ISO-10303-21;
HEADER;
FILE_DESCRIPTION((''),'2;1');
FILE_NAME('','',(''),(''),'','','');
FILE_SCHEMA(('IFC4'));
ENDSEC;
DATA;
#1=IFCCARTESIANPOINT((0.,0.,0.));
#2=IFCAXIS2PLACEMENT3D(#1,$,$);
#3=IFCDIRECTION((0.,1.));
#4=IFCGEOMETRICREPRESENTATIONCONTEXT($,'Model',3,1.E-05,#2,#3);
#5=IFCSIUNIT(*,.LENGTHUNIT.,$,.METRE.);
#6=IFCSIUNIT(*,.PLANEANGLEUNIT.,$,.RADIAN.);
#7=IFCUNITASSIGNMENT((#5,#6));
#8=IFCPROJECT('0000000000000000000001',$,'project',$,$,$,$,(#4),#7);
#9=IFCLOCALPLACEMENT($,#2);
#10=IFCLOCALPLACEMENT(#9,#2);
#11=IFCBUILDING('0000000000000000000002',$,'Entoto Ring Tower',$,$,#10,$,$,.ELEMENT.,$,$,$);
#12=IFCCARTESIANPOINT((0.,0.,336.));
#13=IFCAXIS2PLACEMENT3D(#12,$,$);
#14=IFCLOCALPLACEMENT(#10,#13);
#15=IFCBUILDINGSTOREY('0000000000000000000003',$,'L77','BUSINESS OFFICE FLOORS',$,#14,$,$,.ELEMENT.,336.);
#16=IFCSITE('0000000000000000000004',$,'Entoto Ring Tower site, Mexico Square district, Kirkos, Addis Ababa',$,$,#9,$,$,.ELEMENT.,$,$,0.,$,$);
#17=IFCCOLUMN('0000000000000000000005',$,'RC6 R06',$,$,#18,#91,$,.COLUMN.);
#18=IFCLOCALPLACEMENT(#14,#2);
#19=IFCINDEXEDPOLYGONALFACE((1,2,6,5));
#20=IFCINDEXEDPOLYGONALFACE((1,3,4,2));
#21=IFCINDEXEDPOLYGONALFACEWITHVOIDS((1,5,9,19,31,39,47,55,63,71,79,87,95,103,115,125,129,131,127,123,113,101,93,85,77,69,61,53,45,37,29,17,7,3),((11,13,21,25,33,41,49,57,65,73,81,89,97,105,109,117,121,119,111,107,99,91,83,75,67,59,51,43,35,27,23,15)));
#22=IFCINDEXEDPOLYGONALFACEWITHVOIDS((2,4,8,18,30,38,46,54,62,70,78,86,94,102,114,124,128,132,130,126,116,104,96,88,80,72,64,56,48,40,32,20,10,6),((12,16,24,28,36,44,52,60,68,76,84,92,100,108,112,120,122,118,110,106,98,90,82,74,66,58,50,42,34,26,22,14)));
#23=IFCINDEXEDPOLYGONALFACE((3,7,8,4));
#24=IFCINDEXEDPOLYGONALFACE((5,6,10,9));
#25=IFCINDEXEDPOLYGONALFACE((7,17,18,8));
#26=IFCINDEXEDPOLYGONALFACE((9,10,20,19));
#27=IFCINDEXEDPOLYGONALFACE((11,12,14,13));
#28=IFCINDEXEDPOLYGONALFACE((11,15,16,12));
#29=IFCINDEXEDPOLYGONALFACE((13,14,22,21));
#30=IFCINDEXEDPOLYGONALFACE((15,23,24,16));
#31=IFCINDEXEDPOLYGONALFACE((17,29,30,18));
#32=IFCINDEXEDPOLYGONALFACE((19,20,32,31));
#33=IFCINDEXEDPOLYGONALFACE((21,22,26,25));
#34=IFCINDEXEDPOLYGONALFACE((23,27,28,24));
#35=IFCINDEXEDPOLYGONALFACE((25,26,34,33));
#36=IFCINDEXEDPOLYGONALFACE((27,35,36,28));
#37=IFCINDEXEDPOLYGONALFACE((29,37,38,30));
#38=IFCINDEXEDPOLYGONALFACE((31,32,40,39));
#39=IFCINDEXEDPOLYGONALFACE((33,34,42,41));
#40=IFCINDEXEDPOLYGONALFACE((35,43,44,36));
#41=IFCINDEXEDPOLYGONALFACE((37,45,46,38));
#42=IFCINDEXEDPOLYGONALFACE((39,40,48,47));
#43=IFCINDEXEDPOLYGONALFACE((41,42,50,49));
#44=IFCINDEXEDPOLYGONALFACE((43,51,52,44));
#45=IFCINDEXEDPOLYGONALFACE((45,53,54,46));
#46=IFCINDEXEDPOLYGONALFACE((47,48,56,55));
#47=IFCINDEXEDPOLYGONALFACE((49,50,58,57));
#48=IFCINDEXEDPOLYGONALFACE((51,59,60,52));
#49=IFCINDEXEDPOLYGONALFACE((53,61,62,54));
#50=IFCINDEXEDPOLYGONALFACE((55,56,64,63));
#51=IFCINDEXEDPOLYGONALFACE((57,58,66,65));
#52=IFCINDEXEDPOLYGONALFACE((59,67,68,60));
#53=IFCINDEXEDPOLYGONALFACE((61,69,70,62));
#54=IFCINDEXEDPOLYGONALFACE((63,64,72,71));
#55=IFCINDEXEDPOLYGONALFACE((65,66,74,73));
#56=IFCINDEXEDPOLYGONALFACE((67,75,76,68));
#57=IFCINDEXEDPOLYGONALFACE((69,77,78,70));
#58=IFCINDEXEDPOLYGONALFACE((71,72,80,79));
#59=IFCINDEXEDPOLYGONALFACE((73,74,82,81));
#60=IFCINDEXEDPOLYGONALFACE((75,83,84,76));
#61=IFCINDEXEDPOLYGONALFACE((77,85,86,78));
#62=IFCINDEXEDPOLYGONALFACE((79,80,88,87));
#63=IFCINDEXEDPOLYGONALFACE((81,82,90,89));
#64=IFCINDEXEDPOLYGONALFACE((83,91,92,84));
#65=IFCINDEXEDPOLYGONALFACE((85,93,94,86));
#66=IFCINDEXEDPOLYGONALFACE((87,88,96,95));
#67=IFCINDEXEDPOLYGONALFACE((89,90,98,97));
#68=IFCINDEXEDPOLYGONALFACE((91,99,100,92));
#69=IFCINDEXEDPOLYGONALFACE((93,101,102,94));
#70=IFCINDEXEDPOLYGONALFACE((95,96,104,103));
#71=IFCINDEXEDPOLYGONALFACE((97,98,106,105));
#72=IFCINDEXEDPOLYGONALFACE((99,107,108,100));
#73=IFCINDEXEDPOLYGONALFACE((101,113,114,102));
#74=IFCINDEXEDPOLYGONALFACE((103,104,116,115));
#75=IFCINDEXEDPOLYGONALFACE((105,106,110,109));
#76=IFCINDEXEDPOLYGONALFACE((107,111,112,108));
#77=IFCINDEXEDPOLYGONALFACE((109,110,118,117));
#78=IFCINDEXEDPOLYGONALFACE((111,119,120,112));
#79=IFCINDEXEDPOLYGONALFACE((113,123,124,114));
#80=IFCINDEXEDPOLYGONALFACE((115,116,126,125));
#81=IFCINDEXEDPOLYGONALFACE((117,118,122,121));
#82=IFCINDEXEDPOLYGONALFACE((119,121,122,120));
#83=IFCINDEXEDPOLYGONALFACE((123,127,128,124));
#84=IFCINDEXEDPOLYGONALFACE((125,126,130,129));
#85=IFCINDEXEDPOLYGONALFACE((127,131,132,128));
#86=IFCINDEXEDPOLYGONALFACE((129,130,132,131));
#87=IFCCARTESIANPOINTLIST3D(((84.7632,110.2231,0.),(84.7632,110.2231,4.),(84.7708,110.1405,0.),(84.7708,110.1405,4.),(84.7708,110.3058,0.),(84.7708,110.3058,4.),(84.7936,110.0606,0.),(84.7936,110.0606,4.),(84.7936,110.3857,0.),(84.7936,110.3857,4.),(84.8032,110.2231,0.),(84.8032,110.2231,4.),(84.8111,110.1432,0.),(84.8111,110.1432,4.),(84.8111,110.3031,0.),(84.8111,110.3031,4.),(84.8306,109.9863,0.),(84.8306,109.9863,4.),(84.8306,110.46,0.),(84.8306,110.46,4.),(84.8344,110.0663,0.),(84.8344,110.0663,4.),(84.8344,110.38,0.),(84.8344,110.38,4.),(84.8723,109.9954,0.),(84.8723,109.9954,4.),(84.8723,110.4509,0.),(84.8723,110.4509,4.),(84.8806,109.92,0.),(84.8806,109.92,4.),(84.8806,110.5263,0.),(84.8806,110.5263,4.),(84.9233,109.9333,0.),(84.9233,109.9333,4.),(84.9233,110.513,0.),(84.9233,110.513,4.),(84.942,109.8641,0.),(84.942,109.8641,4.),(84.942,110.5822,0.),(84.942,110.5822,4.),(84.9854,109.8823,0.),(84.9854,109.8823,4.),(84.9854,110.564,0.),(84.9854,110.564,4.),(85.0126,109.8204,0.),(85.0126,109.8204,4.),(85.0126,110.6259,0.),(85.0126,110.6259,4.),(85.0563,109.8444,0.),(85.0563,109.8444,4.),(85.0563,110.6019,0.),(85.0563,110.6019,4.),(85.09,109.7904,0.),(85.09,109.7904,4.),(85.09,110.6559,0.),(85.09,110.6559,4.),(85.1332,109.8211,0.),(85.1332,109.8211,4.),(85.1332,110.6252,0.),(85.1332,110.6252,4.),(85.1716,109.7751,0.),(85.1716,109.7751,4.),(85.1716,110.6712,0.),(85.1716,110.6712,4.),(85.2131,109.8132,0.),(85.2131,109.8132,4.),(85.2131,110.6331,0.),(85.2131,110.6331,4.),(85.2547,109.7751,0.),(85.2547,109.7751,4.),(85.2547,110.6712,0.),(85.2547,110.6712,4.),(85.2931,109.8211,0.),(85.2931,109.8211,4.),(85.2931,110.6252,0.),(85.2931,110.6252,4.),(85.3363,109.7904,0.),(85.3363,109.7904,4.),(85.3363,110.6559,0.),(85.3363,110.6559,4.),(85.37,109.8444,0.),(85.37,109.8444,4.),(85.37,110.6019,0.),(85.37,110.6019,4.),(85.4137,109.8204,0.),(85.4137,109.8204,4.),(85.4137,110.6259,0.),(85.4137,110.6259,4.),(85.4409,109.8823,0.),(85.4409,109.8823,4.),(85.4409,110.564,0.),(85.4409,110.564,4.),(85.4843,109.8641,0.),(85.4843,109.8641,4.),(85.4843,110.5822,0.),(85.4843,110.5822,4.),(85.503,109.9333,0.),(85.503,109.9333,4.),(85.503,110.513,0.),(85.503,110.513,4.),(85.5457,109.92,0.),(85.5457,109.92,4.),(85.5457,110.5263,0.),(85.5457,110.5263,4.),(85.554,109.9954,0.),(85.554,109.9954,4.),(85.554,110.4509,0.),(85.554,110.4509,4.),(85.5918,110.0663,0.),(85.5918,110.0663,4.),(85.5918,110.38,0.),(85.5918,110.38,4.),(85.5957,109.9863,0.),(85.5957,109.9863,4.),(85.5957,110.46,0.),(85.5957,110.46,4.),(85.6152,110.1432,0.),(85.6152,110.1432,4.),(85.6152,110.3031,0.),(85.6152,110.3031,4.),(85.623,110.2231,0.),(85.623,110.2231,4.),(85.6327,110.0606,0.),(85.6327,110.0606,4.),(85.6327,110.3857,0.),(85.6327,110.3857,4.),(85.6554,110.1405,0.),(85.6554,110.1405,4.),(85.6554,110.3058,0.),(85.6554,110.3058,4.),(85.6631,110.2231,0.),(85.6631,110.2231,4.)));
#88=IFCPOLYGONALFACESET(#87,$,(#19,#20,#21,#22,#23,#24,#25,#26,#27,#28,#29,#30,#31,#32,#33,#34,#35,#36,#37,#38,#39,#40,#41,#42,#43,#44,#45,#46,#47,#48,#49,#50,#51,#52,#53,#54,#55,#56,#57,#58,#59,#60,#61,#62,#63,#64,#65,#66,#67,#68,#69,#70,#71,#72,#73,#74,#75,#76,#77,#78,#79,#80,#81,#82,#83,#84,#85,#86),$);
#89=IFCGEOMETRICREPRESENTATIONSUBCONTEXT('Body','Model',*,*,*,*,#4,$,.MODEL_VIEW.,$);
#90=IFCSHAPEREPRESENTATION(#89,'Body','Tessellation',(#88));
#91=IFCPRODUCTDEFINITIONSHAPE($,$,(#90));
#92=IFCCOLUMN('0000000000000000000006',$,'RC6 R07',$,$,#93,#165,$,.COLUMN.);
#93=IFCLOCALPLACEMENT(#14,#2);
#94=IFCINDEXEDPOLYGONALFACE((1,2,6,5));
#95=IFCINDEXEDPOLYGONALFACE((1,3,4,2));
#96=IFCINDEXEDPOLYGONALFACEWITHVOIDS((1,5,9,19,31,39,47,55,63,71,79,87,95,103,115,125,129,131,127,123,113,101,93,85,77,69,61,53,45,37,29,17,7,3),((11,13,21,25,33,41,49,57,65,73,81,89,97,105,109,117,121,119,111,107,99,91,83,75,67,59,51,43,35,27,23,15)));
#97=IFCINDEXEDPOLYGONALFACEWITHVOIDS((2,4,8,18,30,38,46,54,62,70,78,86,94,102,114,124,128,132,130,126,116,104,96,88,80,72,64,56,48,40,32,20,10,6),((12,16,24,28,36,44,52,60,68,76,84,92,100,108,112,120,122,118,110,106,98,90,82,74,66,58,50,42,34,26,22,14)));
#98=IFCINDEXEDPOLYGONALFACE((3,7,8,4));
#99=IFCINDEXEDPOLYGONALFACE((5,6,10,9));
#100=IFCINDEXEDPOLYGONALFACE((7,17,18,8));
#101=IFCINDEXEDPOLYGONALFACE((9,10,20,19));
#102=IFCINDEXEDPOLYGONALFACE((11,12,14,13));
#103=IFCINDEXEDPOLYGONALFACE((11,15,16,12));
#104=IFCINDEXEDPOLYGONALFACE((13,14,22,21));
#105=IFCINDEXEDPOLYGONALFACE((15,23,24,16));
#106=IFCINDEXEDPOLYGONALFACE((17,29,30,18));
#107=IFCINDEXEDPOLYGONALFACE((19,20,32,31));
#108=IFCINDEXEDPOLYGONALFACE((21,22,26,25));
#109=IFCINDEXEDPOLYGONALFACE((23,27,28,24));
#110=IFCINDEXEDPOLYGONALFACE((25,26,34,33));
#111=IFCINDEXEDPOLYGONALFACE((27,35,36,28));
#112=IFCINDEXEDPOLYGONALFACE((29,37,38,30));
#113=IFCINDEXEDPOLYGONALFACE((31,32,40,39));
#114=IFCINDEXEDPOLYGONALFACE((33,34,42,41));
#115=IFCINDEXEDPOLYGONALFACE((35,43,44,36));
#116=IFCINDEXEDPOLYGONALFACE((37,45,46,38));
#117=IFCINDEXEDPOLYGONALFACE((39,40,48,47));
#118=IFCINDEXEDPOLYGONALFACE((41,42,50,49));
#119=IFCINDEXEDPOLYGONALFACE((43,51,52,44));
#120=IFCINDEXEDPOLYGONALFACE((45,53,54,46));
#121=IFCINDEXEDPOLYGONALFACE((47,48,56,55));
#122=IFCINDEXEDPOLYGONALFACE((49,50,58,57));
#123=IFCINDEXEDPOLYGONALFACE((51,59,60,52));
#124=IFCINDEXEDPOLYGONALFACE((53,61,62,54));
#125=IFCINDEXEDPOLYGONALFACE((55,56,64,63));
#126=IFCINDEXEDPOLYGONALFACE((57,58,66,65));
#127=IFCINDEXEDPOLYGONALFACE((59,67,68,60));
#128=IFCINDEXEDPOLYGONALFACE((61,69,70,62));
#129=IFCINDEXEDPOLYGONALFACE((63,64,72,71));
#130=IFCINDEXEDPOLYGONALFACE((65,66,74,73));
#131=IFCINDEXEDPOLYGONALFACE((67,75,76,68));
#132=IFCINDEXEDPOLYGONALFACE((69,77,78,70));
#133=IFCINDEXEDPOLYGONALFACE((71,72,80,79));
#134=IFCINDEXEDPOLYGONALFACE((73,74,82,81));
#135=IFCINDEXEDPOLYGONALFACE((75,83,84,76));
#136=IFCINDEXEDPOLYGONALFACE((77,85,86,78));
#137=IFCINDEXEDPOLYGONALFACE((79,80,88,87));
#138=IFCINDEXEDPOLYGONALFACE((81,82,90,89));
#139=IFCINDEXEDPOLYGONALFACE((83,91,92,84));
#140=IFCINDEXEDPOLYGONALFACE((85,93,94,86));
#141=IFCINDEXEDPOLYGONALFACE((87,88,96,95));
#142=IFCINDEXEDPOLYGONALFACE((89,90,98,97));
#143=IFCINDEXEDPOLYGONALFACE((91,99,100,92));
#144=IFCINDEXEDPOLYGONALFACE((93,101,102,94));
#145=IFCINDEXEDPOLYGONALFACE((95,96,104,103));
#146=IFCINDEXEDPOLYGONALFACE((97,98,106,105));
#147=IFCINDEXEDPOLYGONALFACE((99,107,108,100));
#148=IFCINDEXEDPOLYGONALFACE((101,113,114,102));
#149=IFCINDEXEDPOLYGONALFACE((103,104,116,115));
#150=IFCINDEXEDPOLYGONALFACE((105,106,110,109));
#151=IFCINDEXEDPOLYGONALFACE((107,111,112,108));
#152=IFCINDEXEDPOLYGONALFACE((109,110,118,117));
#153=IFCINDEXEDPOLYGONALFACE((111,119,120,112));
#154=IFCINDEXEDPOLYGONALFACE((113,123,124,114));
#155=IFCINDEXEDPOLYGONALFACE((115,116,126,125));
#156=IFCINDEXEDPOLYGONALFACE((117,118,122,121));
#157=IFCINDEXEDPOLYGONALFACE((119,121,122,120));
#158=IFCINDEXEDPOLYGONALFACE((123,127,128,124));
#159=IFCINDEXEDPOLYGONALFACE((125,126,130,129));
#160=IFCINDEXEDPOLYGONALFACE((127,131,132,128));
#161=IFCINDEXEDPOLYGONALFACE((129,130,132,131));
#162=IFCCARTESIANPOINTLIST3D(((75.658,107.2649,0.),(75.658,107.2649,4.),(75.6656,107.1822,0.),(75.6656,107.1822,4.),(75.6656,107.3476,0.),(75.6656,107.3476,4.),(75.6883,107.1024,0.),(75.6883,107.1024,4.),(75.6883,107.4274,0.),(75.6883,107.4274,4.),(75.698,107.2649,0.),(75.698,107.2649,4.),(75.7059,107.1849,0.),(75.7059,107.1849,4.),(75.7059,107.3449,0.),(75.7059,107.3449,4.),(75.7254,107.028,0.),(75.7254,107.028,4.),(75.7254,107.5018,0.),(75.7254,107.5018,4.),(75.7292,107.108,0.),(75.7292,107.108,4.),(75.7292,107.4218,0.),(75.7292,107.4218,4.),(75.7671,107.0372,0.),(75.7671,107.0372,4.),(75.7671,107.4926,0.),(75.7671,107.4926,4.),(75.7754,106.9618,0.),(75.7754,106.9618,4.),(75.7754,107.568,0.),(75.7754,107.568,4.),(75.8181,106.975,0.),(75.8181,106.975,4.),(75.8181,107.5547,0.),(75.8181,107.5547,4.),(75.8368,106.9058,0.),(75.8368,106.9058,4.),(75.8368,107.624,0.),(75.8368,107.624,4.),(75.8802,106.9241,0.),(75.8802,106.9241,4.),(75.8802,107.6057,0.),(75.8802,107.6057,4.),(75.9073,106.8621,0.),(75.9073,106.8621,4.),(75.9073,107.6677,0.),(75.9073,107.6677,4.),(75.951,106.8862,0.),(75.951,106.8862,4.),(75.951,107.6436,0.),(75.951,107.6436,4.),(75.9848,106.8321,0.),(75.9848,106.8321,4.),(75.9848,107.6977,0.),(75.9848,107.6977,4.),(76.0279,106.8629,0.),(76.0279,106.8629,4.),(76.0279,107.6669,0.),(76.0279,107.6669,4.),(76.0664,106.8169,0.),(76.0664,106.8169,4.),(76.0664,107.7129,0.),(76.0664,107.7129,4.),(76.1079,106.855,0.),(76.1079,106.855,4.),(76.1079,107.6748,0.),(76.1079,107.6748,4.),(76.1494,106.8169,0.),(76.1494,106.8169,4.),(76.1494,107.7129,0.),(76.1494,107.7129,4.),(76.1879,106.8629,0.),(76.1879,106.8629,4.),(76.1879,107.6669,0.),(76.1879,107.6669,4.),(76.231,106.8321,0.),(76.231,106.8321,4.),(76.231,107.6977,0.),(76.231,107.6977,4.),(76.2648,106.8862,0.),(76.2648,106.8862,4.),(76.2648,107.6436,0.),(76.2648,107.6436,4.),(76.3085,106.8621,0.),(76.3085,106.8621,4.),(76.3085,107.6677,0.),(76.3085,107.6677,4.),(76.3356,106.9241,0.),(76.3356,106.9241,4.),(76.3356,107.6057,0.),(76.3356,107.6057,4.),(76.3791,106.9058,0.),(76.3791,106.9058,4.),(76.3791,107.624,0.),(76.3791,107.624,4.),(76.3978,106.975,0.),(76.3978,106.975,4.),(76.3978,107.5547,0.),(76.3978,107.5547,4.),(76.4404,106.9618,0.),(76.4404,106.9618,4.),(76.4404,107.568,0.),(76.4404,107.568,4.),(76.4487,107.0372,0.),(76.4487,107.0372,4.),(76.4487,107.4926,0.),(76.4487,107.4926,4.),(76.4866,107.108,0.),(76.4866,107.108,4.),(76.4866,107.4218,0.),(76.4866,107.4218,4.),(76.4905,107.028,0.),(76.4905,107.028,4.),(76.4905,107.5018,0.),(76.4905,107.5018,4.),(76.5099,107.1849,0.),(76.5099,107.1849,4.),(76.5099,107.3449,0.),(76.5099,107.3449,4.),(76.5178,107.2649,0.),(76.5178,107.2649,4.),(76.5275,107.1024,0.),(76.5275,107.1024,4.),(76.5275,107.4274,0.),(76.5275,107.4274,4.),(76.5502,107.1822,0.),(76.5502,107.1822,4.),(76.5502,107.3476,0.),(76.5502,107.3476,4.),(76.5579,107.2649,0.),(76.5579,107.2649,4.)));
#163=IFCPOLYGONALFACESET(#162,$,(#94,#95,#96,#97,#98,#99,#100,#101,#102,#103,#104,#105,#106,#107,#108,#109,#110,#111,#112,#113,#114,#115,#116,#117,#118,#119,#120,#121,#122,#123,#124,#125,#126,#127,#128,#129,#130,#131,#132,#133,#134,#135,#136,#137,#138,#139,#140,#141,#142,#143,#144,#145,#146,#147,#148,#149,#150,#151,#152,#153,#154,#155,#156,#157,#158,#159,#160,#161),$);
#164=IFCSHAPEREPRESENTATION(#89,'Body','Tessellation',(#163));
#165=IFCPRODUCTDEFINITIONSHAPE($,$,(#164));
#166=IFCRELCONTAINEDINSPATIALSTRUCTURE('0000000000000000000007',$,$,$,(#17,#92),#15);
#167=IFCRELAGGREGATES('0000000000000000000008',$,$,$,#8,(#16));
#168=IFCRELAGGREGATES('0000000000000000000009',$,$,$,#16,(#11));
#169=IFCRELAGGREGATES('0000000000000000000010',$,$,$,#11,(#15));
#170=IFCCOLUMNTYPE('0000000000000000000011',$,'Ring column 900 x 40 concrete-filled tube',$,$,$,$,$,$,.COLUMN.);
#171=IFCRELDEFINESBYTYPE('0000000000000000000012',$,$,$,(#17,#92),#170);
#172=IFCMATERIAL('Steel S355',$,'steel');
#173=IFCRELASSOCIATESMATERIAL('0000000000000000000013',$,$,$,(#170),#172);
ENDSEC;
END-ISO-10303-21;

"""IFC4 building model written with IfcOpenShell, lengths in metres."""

from ifc_helpers import new_model, si_unit, direction, frame, origin, origin_2d, place, context, subcontext, project, spatial, circle, hollow_circle, extrude, material, material_profile, profile_set, type_object, element, save


model = new_model("IFC4")

# Units and contexts
model_context = context("Model", 3, precision=1e-05, world=origin(), true_north=direction((0.0, 1.0)))
body_context = subcontext(model_context, "Body", "Model", "MODEL_VIEW")
ifc_project = project(units=[si_unit("LENGTHUNIT", "METRE"), si_unit("PLANEANGLEUNIT", "RADIAN")], contexts=[model_context])

# Site, building, storey
site_placement = place(None, origin())
site = spatial("IfcSite", under=ifc_project, at=site_placement, Name="Entoto Ring Tower site, Mexico Square district, Kirkos, Addis Ababa", CompositionType="ELEMENT", RefElevation=0.0)
building_placement = place(site_placement, origin())
building = spatial("IfcBuilding", under=site, at=building_placement, Name="Entoto Ring Tower", CompositionType="ELEMENT")
storey_placement = place(building_placement, frame((0.0, 0.0, 336.0)))
storey = spatial("IfcBuildingStorey", under=building, at=storey_placement, Name="L77", Description="BUSINESS OFFICE FLOORS", CompositionType="ELEMENT", Elevation=336.0)

# Columns
ifc_material_1 = material(Name="Steel S355", Category="steel")
ifc_material_profile_1 = material_profile(ifc_material_1, hollow_circle(Radius=0.45, WallThickness=0.04, at=origin_2d()), Name="CHS 900 x 40")
ifc_material_2 = material(Name="Concrete C60/75", Category="concrete")
ifc_material_profile_2 = material_profile(ifc_material_2, circle(Radius=0.4099, at=origin_2d()), Name="Concrete C60/75 infill")
ifc_profile_set_1 = profile_set([ifc_material_profile_1, ifc_material_profile_2], Name="Steel S355")
column_type = type_object("IfcColumnType", Name="Ring column 900 x 40 concrete-filled tube", PredefinedType="COLUMN", material=ifc_profile_set_1)
for number, where, z_axis, x_axis, name in (
    (1, (85.2131, 110.2231, 0.0), (0.0, 0.0, 1.0), (1.0, 0.0, 0.0), "RC6 R06"),
    (2, (76.1079, 107.2649, 0.0), (0.0, 0.0, 1.0), (1.0, 0.0, 0.0), "RC6 R07"),
):
    element("IfcColumn", number, at=place(storey_placement, frame(where, z_axis=z_axis, x_axis=x_axis)), inside=storey, type_object=column_type, Name=name, PredefinedType="COLUMN", context=body_context, shape_type="SweptSolid", body=[
        extrude(hollow_circle(Radius=0.45, WallThickness=0.04, at=origin_2d()), origin(), (0.0, 0.0, 1.0), 4.0),
    ])

save(model, "model.ifc")
